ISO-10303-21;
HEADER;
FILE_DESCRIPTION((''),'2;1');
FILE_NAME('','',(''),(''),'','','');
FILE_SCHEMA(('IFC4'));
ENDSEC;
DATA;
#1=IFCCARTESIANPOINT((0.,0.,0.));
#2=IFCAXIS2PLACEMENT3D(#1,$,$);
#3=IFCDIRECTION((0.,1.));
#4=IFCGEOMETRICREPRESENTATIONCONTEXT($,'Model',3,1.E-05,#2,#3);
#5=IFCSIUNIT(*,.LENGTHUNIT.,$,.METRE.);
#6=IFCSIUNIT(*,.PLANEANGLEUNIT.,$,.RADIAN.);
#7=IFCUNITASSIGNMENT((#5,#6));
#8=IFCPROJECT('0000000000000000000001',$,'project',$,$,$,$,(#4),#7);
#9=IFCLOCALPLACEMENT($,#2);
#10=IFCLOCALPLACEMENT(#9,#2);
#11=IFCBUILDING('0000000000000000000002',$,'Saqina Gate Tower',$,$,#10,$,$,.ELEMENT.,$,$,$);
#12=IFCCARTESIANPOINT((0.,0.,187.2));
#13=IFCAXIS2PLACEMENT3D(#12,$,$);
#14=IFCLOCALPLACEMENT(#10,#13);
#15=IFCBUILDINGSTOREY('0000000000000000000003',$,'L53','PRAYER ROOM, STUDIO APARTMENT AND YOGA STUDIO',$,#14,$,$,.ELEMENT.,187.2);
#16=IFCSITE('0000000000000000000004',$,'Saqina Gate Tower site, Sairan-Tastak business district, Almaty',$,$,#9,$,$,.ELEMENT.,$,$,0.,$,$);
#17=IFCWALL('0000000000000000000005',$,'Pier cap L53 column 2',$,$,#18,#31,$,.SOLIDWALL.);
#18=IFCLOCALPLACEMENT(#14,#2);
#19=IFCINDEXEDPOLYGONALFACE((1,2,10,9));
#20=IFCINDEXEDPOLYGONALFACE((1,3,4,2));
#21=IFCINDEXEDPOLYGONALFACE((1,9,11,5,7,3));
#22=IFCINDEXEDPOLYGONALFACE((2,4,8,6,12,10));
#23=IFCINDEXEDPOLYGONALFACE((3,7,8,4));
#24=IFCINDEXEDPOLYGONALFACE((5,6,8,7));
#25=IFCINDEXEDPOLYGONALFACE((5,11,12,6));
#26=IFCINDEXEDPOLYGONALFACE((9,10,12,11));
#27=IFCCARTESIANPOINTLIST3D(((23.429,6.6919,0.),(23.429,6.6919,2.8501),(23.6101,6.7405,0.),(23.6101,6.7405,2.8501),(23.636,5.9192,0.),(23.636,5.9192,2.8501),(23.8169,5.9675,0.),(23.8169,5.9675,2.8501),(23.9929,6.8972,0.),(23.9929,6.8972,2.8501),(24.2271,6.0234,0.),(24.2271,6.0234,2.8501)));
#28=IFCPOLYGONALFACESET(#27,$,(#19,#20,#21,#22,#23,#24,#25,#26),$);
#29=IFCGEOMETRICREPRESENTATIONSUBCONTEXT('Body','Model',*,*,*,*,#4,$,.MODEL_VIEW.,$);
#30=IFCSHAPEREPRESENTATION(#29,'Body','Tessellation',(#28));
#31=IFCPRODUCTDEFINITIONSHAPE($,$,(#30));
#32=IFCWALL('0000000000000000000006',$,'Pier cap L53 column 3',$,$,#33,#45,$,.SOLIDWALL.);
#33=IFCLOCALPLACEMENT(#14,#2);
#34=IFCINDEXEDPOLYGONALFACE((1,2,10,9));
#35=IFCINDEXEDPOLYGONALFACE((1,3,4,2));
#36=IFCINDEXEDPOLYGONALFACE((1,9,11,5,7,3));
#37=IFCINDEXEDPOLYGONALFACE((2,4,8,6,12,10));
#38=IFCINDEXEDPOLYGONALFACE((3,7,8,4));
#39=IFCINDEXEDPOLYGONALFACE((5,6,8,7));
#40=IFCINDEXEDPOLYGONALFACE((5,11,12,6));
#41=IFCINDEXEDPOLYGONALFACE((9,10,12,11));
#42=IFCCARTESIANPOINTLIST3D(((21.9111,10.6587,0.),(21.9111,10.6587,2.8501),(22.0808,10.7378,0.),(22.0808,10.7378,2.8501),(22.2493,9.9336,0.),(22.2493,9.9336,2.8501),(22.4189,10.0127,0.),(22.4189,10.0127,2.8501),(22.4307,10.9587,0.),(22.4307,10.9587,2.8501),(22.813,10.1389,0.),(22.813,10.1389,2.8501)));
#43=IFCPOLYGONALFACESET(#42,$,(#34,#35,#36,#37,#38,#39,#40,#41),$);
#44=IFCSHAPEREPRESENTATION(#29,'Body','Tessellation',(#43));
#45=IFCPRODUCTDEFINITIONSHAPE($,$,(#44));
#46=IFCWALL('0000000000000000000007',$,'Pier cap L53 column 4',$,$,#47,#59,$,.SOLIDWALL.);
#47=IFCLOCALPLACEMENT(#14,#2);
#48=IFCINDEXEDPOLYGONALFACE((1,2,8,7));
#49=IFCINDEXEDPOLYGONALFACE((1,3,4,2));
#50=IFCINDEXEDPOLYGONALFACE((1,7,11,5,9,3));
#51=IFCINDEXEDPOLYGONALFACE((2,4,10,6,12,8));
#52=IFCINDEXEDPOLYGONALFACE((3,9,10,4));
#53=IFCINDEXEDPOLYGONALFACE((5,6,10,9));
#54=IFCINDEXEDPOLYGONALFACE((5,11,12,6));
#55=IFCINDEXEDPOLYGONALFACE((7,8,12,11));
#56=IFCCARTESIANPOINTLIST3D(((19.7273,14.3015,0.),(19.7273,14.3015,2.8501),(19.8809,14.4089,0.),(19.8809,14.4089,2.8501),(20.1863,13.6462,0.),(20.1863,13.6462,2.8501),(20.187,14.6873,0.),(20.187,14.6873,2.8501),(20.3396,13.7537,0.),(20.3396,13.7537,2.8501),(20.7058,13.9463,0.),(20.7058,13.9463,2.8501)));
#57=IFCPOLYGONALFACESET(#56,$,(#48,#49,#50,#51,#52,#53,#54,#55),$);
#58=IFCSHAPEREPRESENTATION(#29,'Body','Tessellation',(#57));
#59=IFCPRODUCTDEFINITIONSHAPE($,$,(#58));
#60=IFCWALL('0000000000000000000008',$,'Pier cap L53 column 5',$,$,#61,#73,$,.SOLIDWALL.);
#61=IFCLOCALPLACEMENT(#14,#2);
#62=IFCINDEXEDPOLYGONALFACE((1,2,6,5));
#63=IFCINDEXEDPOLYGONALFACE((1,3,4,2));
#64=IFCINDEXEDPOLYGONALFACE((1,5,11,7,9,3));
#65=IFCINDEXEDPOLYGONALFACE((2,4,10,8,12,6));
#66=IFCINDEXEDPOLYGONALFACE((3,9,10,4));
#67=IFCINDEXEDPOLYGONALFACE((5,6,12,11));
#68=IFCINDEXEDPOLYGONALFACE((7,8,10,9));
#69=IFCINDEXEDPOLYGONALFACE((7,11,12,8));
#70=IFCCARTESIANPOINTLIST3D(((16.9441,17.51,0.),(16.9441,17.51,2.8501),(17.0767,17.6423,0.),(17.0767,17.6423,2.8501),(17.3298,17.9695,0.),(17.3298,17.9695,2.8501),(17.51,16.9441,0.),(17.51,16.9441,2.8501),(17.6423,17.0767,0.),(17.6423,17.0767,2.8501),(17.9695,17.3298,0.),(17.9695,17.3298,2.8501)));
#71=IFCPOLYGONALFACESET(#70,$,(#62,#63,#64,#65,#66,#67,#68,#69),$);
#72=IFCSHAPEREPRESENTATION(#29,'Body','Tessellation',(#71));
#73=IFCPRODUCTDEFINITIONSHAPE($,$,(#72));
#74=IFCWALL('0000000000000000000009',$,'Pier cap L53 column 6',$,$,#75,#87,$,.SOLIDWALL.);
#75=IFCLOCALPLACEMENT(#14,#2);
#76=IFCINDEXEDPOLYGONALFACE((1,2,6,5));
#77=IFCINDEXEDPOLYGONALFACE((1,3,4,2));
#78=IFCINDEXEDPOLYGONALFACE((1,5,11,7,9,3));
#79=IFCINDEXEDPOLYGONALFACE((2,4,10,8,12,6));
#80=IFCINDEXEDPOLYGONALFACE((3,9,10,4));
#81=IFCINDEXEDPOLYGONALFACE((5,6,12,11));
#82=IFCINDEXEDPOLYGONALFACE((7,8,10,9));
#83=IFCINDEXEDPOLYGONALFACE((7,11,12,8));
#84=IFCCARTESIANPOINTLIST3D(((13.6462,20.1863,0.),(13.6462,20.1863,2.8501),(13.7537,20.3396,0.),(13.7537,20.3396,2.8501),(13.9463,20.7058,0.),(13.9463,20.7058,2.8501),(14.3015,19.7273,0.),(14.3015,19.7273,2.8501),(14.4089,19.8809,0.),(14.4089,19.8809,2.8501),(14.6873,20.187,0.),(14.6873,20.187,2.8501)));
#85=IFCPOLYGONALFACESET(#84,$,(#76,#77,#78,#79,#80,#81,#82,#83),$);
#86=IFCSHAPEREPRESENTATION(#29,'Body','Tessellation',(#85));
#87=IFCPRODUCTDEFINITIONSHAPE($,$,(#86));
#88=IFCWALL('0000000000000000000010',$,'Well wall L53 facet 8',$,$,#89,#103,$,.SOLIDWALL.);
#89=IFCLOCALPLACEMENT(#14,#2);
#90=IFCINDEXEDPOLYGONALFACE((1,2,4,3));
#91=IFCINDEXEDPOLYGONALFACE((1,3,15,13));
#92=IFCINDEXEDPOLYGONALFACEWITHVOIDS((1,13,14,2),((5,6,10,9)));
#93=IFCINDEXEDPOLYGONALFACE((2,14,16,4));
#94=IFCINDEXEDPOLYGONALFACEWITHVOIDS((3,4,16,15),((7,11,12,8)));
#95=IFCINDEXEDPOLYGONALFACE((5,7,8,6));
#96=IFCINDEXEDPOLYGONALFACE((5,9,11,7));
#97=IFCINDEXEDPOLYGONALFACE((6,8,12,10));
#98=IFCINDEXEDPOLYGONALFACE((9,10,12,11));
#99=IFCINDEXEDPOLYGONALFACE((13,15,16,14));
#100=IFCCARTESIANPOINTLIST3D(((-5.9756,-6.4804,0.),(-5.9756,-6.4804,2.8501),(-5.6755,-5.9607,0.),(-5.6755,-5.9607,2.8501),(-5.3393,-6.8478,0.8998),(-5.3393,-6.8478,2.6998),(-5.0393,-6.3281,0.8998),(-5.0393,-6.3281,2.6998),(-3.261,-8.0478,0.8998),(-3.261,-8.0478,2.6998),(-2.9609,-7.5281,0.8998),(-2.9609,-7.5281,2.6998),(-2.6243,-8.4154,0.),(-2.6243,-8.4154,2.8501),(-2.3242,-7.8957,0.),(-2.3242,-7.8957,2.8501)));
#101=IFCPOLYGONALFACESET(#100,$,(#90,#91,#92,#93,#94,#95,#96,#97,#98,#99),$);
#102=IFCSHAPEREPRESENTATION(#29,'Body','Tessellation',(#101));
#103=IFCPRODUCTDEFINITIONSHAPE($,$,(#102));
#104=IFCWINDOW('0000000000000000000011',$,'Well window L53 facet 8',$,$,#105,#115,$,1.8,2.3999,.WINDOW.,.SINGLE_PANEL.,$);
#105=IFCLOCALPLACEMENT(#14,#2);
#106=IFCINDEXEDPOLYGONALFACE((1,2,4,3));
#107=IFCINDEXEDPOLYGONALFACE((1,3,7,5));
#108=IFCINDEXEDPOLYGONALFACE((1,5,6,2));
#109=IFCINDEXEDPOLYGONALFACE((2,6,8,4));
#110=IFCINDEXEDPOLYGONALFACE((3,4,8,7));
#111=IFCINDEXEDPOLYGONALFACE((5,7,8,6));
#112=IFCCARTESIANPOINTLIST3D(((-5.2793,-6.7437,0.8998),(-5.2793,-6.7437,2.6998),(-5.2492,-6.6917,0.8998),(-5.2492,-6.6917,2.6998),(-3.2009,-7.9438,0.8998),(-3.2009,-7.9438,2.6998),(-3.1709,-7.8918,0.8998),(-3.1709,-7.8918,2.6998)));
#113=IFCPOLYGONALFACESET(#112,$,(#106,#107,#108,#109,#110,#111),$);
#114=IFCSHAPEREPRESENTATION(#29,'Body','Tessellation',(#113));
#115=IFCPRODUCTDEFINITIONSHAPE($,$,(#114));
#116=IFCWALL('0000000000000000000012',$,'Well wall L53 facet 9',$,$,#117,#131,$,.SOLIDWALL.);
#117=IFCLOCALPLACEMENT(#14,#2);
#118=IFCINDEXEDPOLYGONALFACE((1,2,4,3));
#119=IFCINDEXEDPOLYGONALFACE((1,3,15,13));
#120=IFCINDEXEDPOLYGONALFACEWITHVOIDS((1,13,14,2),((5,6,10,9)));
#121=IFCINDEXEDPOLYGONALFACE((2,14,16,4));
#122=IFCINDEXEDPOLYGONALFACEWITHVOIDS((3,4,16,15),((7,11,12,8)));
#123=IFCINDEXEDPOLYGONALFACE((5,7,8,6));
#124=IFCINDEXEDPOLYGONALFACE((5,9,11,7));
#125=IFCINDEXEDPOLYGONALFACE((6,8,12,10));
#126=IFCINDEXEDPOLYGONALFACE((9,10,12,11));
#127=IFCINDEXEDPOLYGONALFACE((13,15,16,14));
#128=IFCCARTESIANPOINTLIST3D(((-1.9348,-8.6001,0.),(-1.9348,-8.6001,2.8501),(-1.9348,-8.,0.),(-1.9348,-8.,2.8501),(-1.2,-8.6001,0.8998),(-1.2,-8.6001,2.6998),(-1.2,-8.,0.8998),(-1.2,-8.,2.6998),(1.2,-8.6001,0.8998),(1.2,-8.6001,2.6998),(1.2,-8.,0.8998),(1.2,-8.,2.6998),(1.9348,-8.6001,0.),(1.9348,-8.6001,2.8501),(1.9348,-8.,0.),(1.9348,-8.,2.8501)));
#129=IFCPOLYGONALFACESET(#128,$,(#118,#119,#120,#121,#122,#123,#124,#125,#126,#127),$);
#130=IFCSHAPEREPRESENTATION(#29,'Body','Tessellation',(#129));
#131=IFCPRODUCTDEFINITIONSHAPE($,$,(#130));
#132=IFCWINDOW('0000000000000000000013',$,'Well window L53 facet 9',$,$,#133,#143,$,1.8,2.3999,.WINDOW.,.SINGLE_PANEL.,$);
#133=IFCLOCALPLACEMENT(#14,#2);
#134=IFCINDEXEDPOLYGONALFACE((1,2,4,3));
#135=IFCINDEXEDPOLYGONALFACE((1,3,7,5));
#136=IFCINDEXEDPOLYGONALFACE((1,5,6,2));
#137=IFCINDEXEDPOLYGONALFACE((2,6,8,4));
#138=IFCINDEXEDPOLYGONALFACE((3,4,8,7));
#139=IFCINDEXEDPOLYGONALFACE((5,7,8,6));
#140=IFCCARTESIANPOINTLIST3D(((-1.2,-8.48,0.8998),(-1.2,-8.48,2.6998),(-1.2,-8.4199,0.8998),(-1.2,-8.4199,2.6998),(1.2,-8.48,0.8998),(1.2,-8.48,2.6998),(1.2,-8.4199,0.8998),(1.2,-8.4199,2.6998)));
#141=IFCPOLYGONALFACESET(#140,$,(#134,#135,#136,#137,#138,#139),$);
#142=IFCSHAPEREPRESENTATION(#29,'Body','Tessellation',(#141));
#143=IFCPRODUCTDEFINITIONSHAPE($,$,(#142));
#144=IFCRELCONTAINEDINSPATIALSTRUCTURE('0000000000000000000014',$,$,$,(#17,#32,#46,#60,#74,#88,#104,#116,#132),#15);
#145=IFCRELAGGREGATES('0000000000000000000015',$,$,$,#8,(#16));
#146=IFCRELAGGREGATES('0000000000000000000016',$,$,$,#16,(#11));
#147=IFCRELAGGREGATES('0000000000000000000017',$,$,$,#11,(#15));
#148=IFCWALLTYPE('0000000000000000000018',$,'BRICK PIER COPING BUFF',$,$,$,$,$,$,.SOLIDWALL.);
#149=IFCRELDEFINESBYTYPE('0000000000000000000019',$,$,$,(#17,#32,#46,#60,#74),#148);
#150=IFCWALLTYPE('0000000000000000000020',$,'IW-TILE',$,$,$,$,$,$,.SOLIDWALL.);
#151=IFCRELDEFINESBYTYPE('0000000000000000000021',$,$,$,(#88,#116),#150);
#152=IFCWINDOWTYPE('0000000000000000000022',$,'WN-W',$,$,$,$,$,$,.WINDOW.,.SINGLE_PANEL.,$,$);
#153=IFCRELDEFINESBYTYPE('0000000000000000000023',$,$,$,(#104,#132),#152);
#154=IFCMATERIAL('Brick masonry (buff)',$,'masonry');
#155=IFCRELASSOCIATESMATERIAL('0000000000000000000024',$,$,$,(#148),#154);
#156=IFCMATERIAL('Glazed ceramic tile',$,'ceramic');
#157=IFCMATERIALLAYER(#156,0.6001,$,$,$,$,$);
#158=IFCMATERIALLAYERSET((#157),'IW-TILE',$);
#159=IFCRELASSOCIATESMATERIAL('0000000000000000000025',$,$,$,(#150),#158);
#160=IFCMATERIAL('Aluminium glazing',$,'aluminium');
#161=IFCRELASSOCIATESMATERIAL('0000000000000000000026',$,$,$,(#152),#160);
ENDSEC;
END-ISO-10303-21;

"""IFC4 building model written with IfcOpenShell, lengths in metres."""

from ifc_helpers import new_model, si_unit, direction, frame, frame_2d, origin, place, context, subcontext, project, spatial, polyline, rectangle, outline, extrude, material, layer, layer_set, type_object, element, fill, save


model = new_model("IFC4")

# Units and contexts
model_context = context("Model", 3, precision=1e-05, world=origin(), true_north=direction((0.0, 1.0)))
body_context = subcontext(model_context, "Body", "Model", "MODEL_VIEW")
ifc_project = project(units=[si_unit("LENGTHUNIT", "METRE"), si_unit("PLANEANGLEUNIT", "RADIAN")], contexts=[model_context])

# Site, building, storey
site_placement = place(None, origin())
site = spatial("IfcSite", under=ifc_project, at=site_placement, Name="Saqina Gate Tower site, Sairan-Tastak business district, Almaty", CompositionType="ELEMENT", RefElevation=0.0)
building_placement = place(site_placement, origin())
building = spatial("IfcBuilding", under=site, at=building_placement, Name="Saqina Gate Tower", CompositionType="ELEMENT")
storey_placement = place(building_placement, frame((0.0, 0.0, 187.2)))
storey = spatial("IfcBuildingStorey", under=building, at=storey_placement, Name="L53", Description="PRAYER ROOM, STUDIO APARTMENT AND YOGA STUDIO", CompositionType="ELEMENT", Elevation=187.2)

# Walls
ifc_material_1 = material(Name="Brick masonry (buff)", Category="masonry")
wall_type_1 = type_object("IfcWallType", Name="BRICK PIER COPING BUFF", PredefinedType="SOLIDWALL", material=ifc_material_1)
wall_1_placement = place(storey_placement, origin())
element("IfcWall", 1, at=wall_1_placement, inside=storey, type_object=wall_type_1, Name="Pier cap L53 column 2", PredefinedType="SOLIDWALL", context=body_context, shape_type="SweptSolid", body=[
    extrude(outline(polyline([(24.2271, 6.0234), (23.9929, 6.8972), (23.429, 6.6919), (23.6101, 6.7405), (23.8169, 5.9675), (23.636, 5.9192), (24.2271, 6.0234)])), origin(), (0.0, 0.0, 1.0), 2.8501),
])
wall_2_placement = place(storey_placement, origin())
element("IfcWall", 2, at=wall_2_placement, inside=storey, type_object=wall_type_1, Name="Pier cap L53 column 3", PredefinedType="SOLIDWALL", context=body_context, shape_type="SweptSolid", body=[
    extrude(outline(polyline([(22.4307, 10.9587), (21.9111, 10.6587), (22.0808, 10.7378), (22.4189, 10.0127), (22.2493, 9.9336), (22.813, 10.1389), (22.4307, 10.9587)])), origin(), (0.0, 0.0, 1.0), 2.8501),
])
wall_3_placement = place(storey_placement, origin())
element("IfcWall", 3, at=wall_3_placement, inside=storey, type_object=wall_type_1, Name="Pier cap L53 column 4", PredefinedType="SOLIDWALL", context=body_context, shape_type="SweptSolid", body=[
    extrude(outline(polyline([(20.7058, 13.9463), (20.187, 14.6873), (19.7273, 14.3015), (19.8809, 14.4089), (20.3396, 13.7537), (20.1863, 13.6462), (20.7058, 13.9463)])), origin(), (0.0, 0.0, 1.0), 2.8501),
])
wall_4_placement = place(storey_placement, origin())
element("IfcWall", 4, at=wall_4_placement, inside=storey, type_object=wall_type_1, Name="Pier cap L53 column 5", PredefinedType="SOLIDWALL", context=body_context, shape_type="SweptSolid", body=[
    extrude(outline(polyline([(17.3298, 17.9695), (16.9441, 17.51), (17.0767, 17.6423), (17.6423, 17.0767), (17.51, 16.9441), (17.9695, 17.3298), (17.3298, 17.9695)])), origin(), (0.0, 0.0, 1.0), 2.8501),
])
wall_5_placement = place(storey_placement, origin())
element("IfcWall", 5, at=wall_5_placement, inside=storey, type_object=wall_type_1, Name="Pier cap L53 column 6", PredefinedType="SOLIDWALL", context=body_context, shape_type="SweptSolid", body=[
    extrude(outline(polyline([(14.6873, 20.187), (13.9463, 20.7058), (13.6462, 20.1863), (13.7537, 20.3396), (14.4089, 19.8809), (14.3015, 19.7273), (14.6873, 20.187)])), origin(), (0.0, 0.0, 1.0), 2.8501),
])

# Walls, openings, windows
ifc_material_2 = material(Name="Glazed ceramic tile", Category="ceramic")
ifc_layer_1 = layer(ifc_material_2, 0.6001)
ifc_layer_set_1 = layer_set([ifc_layer_1], Name="IW-TILE")
wall_type_2 = type_object("IfcWallType", Name="IW-TILE", PredefinedType="SOLIDWALL", material=ifc_layer_set_1)
wall_6_placement = place(storey_placement, frame((-5.8257, -6.2205, 0.0), z_axis=(0.0, 0.0, 1.0), x_axis=(0.866006, -0.500034, 0.0)))
wall_6 = element("IfcWall", 6, at=wall_6_placement, inside=storey, type_object=wall_type_2, Name="Well wall L53 facet 8", PredefinedType="SOLIDWALL", context=body_context, shape_type="SweptSolid", body=[
    extrude(rectangle(XDim=3.8699, YDim=0.6001, at=frame_2d((1.9351, 0.0))), origin(), (0.0, 0.0, 1.0), 2.8501),
])
opening_1_placement = place(wall_6_placement, frame((0.7349, 0.0, 0.8999)))
opening_1 = element("IfcOpeningElement", 7, at=opening_1_placement, cuts=wall_6, PredefinedType="OPENING", context=body_context, shape_type="SweptSolid", body=[
    extrude(rectangle(XDim=2.3999, YDim=1.8, at=frame_2d((1.2, 0.8999))), frame((0.0, 0.312, 0.0), z_axis=(0.0, -1.0, 0.0), x_axis=(1.0, 0.0, 0.0)), (0.0, 0.0, 1.0), 0.624),
])
ifc_material_3 = material(Name="Aluminium glazing", Category="aluminium")
window_type = type_object("IfcWindowType", Name="WN-W", PartitioningType="SINGLE_PANEL", PredefinedType="WINDOW", material=ifc_material_3)
window_1_placement = place(opening_1_placement, origin())
window_1 = element("IfcWindow", 8, at=window_1_placement, inside=storey, type_object=window_type, Name="Well window L53 facet 8", OverallHeight=1.8, OverallWidth=2.3999, PartitioningType="SINGLE_PANEL", PredefinedType="WINDOW", context=body_context, shape_type="SweptSolid", body=[
    extrude(rectangle(XDim=2.3999, YDim=1.8, at=frame_2d((1.2, 0.8999))), frame((0.0, -0.1199, 0.0), z_axis=(0.0, -1.0, 0.0), x_axis=(1.0, 0.0, 0.0)), (0.0, 0.0, 1.0), 0.0601),
])
fill(opening_1, window_1)
wall_7_placement = place(storey_placement, frame((-1.9348, -8.3, 0.0), z_axis=(0.0, 0.0, 1.0), x_axis=(1.0, 0.0, 0.0)))
wall_7 = element("IfcWall", 9, at=wall_7_placement, inside=storey, type_object=wall_type_2, Name="Well wall L53 facet 9", PredefinedType="SOLIDWALL", context=body_context, shape_type="SweptSolid", body=[
    extrude(rectangle(XDim=3.8696, YDim=0.6001, at=frame_2d((1.9348, 0.0))), origin(), (0.0, 0.0, 1.0), 2.8501),
])
opening_2_placement = place(wall_7_placement, frame((0.7349, 0.0, 0.8999)))
opening_2 = element("IfcOpeningElement", 10, at=opening_2_placement, cuts=wall_7, PredefinedType="OPENING", context=body_context, shape_type="SweptSolid", body=[
    extrude(rectangle(XDim=2.3999, YDim=1.8, at=frame_2d((1.2, 0.8999))), frame((0.0, 0.312, 0.0), z_axis=(0.0, -1.0, 0.0), x_axis=(1.0, 0.0, 0.0)), (0.0, 0.0, 1.0), 0.624),
])
window_2_placement = place(opening_2_placement, origin())
window_2 = element("IfcWindow", 11, at=window_2_placement, inside=storey, type_object=window_type, Name="Well window L53 facet 9", OverallHeight=1.8, OverallWidth=2.3999, PartitioningType="SINGLE_PANEL", PredefinedType="WINDOW", context=body_context, shape_type="SweptSolid", body=[
    extrude(rectangle(XDim=2.3999, YDim=1.8, at=frame_2d((1.2, 0.8999))), frame((0.0, -0.1199, 0.0), z_axis=(0.0, -1.0, 0.0), x_axis=(1.0, 0.0, 0.0)), (0.0, 0.0, 1.0), 0.0601),
])
fill(opening_2, window_2)

save(model, "model.ifc")
